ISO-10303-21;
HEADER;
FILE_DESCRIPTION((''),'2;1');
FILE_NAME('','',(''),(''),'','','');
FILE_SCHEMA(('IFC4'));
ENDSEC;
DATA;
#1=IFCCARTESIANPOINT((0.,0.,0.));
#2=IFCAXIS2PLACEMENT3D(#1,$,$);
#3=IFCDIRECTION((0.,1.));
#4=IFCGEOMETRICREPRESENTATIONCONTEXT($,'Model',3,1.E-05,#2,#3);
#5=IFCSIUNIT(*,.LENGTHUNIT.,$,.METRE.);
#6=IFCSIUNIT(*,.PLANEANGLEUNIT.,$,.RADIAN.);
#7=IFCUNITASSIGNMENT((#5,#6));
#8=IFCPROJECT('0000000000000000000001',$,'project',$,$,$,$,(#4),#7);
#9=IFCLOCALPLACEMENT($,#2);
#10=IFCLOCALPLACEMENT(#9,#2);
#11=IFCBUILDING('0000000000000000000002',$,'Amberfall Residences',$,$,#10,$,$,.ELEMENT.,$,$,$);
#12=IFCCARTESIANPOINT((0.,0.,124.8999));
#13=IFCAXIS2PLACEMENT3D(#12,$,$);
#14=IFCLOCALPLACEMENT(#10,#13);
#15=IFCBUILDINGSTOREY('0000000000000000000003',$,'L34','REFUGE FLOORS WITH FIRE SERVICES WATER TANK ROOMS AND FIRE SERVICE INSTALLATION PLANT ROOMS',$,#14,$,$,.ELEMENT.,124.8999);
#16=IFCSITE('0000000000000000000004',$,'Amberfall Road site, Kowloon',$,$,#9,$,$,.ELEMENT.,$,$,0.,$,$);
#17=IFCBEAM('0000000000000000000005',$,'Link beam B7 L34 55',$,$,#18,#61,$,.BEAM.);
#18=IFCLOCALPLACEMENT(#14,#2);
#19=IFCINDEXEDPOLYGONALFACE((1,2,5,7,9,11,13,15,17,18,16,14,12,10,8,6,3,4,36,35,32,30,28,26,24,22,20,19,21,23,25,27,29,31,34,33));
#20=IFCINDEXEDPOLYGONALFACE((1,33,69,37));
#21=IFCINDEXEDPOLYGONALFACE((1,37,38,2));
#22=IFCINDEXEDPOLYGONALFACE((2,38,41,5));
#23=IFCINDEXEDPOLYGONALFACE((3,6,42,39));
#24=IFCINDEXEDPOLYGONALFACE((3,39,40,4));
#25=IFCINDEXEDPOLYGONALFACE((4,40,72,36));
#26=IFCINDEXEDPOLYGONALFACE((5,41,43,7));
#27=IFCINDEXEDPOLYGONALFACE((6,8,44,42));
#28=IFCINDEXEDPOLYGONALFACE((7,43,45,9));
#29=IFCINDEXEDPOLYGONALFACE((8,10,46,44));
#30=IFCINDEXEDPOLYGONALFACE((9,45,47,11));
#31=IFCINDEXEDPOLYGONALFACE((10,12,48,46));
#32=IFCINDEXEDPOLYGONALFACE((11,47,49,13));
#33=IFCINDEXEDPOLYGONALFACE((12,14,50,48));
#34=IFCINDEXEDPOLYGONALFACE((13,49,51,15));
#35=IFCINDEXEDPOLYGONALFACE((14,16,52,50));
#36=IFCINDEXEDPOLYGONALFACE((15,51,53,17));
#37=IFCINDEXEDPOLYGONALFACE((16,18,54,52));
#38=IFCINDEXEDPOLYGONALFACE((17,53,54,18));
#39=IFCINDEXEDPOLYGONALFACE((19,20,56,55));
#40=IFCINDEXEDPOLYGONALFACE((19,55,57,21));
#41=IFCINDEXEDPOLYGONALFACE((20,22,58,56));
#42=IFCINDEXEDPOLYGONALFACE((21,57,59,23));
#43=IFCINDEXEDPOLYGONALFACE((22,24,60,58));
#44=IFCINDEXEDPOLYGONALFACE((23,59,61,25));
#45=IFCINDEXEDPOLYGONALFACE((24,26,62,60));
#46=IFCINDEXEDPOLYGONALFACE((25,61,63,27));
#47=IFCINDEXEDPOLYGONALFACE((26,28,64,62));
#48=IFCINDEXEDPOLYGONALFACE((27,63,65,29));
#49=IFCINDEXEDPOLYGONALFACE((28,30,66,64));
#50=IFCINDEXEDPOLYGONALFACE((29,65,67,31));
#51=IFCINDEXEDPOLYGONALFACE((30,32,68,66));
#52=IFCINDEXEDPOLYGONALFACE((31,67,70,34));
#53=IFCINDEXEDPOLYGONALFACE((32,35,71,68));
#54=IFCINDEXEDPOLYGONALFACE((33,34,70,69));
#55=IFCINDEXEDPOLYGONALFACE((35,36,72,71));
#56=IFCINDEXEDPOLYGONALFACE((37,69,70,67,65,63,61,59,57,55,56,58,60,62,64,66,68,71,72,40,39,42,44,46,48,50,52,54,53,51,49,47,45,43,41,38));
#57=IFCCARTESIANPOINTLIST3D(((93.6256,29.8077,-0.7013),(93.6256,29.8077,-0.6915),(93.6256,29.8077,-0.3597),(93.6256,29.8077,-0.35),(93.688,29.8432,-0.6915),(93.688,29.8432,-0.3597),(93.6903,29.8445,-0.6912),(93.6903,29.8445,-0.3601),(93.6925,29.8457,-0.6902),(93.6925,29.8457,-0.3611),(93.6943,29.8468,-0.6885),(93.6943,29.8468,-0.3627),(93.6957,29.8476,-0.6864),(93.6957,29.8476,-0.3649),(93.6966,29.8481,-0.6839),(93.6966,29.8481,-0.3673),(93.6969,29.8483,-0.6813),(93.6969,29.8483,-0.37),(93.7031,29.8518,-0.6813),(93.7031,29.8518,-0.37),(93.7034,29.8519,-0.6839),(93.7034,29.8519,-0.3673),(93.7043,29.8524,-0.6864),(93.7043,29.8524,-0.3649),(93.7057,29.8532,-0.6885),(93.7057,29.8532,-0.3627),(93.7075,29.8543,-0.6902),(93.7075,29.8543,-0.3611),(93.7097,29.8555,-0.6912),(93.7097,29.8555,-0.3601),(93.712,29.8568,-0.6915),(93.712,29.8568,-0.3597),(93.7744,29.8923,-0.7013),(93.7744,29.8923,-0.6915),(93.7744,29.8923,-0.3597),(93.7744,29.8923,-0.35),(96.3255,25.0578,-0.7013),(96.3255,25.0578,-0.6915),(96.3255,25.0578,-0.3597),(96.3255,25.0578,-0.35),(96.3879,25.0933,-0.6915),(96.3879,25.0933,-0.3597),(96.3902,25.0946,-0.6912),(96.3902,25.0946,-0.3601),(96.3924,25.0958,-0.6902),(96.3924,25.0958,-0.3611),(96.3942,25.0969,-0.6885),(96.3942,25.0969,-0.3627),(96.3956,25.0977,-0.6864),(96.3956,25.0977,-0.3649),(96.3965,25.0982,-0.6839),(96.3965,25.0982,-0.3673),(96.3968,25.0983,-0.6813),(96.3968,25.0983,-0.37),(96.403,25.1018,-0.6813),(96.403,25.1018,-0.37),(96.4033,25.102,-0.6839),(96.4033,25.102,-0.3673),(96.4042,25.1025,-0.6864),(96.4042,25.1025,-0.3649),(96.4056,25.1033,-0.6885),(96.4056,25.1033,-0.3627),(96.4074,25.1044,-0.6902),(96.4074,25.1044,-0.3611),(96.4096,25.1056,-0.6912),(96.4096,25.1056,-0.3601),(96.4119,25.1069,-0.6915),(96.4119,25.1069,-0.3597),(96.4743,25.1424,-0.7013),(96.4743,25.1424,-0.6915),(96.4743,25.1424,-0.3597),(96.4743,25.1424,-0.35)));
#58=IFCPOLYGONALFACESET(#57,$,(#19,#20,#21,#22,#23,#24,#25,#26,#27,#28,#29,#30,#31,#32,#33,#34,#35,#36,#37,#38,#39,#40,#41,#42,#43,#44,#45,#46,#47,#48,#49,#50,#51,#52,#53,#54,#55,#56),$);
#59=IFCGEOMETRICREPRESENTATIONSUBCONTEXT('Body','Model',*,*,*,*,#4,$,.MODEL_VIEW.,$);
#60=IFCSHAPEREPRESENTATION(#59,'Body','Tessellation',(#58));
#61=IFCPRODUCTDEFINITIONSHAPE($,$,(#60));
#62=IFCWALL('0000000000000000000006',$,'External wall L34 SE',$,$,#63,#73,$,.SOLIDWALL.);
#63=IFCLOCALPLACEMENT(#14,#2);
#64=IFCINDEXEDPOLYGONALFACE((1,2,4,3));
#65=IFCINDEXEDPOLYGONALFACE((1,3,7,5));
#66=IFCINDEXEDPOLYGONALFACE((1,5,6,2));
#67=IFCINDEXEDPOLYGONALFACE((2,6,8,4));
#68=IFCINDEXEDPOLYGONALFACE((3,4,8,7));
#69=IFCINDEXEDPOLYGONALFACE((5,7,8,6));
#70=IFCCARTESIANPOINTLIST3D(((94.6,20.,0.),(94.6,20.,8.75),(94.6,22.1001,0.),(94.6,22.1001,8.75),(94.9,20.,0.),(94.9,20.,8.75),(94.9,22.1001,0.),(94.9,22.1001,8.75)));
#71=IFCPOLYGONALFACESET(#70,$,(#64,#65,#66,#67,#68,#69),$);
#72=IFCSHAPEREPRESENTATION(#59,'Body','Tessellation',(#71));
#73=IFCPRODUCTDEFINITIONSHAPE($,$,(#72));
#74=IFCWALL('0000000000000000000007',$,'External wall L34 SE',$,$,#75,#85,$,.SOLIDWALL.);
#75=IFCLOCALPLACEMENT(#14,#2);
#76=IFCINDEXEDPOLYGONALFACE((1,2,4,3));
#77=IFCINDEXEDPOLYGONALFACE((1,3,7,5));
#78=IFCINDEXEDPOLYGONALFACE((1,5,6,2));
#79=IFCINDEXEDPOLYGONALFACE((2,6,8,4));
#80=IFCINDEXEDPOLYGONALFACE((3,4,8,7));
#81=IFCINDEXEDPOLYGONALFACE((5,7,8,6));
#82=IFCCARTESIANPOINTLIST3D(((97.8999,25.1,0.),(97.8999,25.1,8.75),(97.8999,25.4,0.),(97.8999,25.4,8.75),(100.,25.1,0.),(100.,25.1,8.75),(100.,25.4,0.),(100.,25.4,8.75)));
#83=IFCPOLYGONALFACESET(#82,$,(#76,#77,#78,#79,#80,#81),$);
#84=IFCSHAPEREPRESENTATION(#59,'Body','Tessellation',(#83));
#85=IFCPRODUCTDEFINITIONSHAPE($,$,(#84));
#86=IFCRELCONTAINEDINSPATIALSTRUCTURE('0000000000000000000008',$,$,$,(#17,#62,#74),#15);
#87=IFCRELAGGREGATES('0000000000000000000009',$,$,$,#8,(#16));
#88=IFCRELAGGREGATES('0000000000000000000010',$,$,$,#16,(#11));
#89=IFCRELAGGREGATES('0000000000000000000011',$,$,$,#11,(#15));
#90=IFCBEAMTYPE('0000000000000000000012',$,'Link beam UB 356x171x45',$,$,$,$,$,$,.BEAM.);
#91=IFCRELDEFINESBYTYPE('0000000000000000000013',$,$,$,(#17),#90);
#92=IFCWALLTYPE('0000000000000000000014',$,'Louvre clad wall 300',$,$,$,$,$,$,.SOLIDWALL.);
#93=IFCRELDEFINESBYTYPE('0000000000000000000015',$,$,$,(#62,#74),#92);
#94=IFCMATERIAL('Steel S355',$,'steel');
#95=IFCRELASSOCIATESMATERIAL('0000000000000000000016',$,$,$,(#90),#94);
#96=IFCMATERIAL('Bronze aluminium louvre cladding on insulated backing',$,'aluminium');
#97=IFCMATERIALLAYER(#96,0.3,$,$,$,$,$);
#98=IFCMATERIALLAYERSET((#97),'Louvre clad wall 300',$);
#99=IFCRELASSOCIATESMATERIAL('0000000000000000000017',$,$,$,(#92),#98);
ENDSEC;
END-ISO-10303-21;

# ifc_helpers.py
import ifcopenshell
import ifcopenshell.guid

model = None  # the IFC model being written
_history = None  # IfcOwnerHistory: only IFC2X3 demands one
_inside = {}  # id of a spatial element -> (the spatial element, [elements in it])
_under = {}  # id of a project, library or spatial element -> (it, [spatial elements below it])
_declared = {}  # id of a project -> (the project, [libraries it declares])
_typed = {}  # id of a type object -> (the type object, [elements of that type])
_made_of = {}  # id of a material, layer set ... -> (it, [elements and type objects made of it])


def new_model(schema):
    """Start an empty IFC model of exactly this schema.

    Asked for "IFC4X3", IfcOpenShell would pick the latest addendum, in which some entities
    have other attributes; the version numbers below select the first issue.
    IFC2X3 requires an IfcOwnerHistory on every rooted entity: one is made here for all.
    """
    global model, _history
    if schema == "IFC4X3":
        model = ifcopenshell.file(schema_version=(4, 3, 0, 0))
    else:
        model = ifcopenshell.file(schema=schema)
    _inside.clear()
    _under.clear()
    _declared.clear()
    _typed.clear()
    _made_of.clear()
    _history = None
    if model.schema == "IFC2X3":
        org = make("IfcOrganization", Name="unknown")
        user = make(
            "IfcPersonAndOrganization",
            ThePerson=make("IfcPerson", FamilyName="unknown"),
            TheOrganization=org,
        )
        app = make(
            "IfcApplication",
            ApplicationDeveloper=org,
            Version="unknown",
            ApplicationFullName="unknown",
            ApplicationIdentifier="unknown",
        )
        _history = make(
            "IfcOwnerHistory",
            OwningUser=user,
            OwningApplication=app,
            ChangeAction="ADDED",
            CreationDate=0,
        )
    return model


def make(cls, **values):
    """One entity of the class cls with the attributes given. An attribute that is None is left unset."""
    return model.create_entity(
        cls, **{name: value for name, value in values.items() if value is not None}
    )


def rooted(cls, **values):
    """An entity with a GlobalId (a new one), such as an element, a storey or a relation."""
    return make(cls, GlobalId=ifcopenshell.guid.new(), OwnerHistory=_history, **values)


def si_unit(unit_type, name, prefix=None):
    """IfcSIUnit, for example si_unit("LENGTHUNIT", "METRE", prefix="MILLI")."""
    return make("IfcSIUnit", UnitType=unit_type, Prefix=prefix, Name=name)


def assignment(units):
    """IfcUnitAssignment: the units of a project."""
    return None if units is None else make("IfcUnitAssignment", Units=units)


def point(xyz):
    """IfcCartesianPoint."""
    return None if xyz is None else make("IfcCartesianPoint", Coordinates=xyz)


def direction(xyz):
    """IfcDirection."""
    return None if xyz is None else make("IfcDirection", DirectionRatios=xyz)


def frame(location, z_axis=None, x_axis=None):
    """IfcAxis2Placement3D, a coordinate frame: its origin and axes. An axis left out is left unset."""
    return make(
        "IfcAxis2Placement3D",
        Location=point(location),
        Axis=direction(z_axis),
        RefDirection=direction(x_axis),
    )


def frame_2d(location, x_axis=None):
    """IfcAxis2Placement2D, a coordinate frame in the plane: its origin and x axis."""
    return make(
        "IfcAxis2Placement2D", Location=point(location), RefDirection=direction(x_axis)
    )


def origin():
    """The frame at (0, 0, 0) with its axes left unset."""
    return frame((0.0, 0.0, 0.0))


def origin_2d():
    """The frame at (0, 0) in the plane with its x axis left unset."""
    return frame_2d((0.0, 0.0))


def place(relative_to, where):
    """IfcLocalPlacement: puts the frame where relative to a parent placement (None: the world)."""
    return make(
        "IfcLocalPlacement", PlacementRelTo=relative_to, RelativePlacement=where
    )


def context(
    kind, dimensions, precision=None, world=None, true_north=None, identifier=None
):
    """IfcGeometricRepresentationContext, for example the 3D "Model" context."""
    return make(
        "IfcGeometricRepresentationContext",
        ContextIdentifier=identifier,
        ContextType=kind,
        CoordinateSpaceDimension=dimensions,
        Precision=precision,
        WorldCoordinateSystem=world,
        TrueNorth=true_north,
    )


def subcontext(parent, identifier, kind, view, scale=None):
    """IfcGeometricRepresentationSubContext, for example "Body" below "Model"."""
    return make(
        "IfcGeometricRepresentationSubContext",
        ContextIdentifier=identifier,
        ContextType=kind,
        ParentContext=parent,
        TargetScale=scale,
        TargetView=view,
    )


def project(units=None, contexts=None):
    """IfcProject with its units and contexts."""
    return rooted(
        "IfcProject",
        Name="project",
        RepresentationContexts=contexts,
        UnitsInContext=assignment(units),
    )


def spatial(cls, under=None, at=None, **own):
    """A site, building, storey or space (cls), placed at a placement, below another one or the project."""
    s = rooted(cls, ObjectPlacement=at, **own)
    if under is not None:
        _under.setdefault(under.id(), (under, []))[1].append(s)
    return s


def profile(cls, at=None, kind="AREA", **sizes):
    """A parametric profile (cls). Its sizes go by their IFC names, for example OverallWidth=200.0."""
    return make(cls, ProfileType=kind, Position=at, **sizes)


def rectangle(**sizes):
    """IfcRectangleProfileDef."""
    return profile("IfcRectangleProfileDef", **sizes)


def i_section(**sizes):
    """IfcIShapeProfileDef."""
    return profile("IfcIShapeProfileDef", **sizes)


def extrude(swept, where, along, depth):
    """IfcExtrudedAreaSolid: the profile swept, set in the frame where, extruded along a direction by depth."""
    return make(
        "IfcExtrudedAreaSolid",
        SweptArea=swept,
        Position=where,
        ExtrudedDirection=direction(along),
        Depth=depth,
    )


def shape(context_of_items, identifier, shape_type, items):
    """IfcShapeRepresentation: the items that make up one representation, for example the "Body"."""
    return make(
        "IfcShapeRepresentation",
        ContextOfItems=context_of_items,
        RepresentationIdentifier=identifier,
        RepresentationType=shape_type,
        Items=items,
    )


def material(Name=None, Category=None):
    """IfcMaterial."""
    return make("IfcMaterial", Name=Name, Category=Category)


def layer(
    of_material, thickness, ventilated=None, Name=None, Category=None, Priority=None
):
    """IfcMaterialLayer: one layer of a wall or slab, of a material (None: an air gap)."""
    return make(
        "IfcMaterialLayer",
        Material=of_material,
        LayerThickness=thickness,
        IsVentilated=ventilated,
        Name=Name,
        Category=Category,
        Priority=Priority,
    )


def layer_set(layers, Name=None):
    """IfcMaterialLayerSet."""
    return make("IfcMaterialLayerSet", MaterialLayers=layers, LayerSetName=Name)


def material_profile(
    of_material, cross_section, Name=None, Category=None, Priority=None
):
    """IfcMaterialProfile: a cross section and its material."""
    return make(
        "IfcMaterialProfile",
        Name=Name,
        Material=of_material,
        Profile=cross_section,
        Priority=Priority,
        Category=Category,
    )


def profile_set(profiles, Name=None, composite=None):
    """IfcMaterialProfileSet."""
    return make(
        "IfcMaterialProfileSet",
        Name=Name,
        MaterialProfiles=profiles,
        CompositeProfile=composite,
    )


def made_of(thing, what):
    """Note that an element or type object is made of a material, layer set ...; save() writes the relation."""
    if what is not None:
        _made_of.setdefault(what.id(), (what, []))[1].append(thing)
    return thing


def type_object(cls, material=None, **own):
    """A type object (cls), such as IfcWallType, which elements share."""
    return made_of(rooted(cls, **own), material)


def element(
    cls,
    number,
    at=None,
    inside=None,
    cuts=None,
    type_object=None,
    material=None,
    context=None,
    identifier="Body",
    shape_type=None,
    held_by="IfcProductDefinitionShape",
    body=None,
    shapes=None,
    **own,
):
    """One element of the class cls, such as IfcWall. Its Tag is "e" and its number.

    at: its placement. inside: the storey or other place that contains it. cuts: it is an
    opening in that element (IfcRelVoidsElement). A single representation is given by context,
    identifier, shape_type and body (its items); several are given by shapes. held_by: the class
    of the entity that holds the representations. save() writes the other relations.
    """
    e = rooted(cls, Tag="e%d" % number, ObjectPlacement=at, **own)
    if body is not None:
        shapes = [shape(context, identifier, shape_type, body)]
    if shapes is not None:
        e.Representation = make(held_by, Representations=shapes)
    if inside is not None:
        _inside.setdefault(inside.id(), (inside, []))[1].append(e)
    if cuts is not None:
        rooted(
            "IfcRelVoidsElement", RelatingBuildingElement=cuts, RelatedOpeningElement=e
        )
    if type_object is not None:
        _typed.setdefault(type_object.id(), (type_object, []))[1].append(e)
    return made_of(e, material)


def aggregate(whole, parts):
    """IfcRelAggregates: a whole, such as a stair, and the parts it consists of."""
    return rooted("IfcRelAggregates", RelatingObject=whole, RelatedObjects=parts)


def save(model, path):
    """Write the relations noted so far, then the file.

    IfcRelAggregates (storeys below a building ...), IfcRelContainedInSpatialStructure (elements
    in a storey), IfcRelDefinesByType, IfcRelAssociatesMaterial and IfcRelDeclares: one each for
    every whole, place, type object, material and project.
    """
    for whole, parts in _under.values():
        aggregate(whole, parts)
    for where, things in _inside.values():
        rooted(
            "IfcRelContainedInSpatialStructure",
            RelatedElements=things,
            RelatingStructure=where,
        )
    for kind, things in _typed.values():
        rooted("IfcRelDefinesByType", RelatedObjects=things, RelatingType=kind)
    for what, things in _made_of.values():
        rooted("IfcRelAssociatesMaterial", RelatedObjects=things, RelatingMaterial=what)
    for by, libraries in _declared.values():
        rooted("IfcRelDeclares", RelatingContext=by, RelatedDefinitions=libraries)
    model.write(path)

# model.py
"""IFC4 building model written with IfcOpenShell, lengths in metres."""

from ifc_helpers import new_model, si_unit, direction, frame, frame_2d, origin, origin_2d, place, context, subcontext, project, spatial, rectangle, i_section, extrude, material, layer, layer_set, material_profile, profile_set, type_object, element, save


model = new_model("IFC4")

# Units and contexts
model_context = context("Model", 3, precision=1e-05, world=origin(), true_north=direction((0.0, 1.0)))
body_context = subcontext(model_context, "Body", "Model", "MODEL_VIEW")
ifc_project = project(units=[si_unit("LENGTHUNIT", "METRE"), si_unit("PLANEANGLEUNIT", "RADIAN")], contexts=[model_context])

# Site, building, storey
site_placement = place(None, origin())
site = spatial("IfcSite", under=ifc_project, at=site_placement, Name="Amberfall Road site, Kowloon", CompositionType="ELEMENT", RefElevation=0.0)
building_placement = place(site_placement, origin())
building = spatial("IfcBuilding", under=site, at=building_placement, Name="Amberfall Residences", CompositionType="ELEMENT")
storey_placement = place(building_placement, frame((0.0, 0.0, 124.8999)))
storey = spatial("IfcBuildingStorey", under=building, at=storey_placement, Name="L34", Description="REFUGE FLOORS WITH FIRE SERVICES WATER TANK ROOMS AND FIRE SERVICE INSTALLATION PLANT ROOMS", CompositionType="ELEMENT", Elevation=124.8999)

# Shared definitions
ifc_material_1 = material(Name="Steel S355", Category="steel")

# Beam
ifc_material_profile_1 = material_profile(ifc_material_1, i_section(OverallWidth=0.1711, OverallDepth=0.3513, WebThickness=0.0071, FlangeThickness=0.0098, FilletRadius=0.0103, at=origin_2d()), Name="UB 356x171x45")
ifc_profile_set_1 = profile_set([ifc_material_profile_1], Name="Steel S355")
beam_type_1 = type_object("IfcBeamType", Name="Link beam UB 356x171x45", PredefinedType="BEAM", material=ifc_profile_set_1)
beam_1_placement = place(storey_placement, frame((96.3999, 25.1001, -0.5256), z_axis=(-0.49416, 0.869371, 0.0), x_axis=(-0.869371, -0.49416, 0.0)))
element("IfcBeam", 1, at=beam_1_placement, inside=storey, type_object=beam_type_1, Name="Link beam B7 L34 55", PredefinedType="BEAM", context=body_context, shape_type="SweptSolid", body=[
    extrude(i_section(OverallWidth=0.1711, OverallDepth=0.3513, WebThickness=0.0071, FlangeThickness=0.0098, FilletRadius=0.0103, at=origin_2d()), origin(), (0.0, 0.0, 1.0), 5.4636),
])

# Walls
ifc_material_2 = material(Name="Bronze aluminium louvre cladding on insulated backing", Category="aluminium")
ifc_layer = layer(ifc_material_2, 0.3)
ifc_layer_set = layer_set([ifc_layer], Name="Louvre clad wall 300")
wall_type = type_object("IfcWallType", Name="Louvre clad wall 300", PredefinedType="SOLIDWALL", material=ifc_layer_set)
for number, where, z_axis, x_axis, name in (
    (2, (94.75, 20.0, 0.0), (0.0, 0.0, 1.0), (0.0, 1.0, 0.0), "External wall L34 SE"),
    (3, (97.8999, 25.25, 0.0), (0.0, 0.0, 1.0), (1.0, 0.0, 0.0), "External wall L34 SE"),
):
    element("IfcWall", number, at=place(storey_placement, frame(where, z_axis=z_axis, x_axis=x_axis)), inside=storey, type_object=wall_type, Name=name, PredefinedType="SOLIDWALL", context=body_context, shape_type="SweptSolid", body=[
        extrude(rectangle(XDim=2.1001, YDim=0.3, at=frame_2d((1.05, 0.0))), origin(), (0.0, 0.0, 1.0), 8.75),
    ])

save(model, "model.ifc")
